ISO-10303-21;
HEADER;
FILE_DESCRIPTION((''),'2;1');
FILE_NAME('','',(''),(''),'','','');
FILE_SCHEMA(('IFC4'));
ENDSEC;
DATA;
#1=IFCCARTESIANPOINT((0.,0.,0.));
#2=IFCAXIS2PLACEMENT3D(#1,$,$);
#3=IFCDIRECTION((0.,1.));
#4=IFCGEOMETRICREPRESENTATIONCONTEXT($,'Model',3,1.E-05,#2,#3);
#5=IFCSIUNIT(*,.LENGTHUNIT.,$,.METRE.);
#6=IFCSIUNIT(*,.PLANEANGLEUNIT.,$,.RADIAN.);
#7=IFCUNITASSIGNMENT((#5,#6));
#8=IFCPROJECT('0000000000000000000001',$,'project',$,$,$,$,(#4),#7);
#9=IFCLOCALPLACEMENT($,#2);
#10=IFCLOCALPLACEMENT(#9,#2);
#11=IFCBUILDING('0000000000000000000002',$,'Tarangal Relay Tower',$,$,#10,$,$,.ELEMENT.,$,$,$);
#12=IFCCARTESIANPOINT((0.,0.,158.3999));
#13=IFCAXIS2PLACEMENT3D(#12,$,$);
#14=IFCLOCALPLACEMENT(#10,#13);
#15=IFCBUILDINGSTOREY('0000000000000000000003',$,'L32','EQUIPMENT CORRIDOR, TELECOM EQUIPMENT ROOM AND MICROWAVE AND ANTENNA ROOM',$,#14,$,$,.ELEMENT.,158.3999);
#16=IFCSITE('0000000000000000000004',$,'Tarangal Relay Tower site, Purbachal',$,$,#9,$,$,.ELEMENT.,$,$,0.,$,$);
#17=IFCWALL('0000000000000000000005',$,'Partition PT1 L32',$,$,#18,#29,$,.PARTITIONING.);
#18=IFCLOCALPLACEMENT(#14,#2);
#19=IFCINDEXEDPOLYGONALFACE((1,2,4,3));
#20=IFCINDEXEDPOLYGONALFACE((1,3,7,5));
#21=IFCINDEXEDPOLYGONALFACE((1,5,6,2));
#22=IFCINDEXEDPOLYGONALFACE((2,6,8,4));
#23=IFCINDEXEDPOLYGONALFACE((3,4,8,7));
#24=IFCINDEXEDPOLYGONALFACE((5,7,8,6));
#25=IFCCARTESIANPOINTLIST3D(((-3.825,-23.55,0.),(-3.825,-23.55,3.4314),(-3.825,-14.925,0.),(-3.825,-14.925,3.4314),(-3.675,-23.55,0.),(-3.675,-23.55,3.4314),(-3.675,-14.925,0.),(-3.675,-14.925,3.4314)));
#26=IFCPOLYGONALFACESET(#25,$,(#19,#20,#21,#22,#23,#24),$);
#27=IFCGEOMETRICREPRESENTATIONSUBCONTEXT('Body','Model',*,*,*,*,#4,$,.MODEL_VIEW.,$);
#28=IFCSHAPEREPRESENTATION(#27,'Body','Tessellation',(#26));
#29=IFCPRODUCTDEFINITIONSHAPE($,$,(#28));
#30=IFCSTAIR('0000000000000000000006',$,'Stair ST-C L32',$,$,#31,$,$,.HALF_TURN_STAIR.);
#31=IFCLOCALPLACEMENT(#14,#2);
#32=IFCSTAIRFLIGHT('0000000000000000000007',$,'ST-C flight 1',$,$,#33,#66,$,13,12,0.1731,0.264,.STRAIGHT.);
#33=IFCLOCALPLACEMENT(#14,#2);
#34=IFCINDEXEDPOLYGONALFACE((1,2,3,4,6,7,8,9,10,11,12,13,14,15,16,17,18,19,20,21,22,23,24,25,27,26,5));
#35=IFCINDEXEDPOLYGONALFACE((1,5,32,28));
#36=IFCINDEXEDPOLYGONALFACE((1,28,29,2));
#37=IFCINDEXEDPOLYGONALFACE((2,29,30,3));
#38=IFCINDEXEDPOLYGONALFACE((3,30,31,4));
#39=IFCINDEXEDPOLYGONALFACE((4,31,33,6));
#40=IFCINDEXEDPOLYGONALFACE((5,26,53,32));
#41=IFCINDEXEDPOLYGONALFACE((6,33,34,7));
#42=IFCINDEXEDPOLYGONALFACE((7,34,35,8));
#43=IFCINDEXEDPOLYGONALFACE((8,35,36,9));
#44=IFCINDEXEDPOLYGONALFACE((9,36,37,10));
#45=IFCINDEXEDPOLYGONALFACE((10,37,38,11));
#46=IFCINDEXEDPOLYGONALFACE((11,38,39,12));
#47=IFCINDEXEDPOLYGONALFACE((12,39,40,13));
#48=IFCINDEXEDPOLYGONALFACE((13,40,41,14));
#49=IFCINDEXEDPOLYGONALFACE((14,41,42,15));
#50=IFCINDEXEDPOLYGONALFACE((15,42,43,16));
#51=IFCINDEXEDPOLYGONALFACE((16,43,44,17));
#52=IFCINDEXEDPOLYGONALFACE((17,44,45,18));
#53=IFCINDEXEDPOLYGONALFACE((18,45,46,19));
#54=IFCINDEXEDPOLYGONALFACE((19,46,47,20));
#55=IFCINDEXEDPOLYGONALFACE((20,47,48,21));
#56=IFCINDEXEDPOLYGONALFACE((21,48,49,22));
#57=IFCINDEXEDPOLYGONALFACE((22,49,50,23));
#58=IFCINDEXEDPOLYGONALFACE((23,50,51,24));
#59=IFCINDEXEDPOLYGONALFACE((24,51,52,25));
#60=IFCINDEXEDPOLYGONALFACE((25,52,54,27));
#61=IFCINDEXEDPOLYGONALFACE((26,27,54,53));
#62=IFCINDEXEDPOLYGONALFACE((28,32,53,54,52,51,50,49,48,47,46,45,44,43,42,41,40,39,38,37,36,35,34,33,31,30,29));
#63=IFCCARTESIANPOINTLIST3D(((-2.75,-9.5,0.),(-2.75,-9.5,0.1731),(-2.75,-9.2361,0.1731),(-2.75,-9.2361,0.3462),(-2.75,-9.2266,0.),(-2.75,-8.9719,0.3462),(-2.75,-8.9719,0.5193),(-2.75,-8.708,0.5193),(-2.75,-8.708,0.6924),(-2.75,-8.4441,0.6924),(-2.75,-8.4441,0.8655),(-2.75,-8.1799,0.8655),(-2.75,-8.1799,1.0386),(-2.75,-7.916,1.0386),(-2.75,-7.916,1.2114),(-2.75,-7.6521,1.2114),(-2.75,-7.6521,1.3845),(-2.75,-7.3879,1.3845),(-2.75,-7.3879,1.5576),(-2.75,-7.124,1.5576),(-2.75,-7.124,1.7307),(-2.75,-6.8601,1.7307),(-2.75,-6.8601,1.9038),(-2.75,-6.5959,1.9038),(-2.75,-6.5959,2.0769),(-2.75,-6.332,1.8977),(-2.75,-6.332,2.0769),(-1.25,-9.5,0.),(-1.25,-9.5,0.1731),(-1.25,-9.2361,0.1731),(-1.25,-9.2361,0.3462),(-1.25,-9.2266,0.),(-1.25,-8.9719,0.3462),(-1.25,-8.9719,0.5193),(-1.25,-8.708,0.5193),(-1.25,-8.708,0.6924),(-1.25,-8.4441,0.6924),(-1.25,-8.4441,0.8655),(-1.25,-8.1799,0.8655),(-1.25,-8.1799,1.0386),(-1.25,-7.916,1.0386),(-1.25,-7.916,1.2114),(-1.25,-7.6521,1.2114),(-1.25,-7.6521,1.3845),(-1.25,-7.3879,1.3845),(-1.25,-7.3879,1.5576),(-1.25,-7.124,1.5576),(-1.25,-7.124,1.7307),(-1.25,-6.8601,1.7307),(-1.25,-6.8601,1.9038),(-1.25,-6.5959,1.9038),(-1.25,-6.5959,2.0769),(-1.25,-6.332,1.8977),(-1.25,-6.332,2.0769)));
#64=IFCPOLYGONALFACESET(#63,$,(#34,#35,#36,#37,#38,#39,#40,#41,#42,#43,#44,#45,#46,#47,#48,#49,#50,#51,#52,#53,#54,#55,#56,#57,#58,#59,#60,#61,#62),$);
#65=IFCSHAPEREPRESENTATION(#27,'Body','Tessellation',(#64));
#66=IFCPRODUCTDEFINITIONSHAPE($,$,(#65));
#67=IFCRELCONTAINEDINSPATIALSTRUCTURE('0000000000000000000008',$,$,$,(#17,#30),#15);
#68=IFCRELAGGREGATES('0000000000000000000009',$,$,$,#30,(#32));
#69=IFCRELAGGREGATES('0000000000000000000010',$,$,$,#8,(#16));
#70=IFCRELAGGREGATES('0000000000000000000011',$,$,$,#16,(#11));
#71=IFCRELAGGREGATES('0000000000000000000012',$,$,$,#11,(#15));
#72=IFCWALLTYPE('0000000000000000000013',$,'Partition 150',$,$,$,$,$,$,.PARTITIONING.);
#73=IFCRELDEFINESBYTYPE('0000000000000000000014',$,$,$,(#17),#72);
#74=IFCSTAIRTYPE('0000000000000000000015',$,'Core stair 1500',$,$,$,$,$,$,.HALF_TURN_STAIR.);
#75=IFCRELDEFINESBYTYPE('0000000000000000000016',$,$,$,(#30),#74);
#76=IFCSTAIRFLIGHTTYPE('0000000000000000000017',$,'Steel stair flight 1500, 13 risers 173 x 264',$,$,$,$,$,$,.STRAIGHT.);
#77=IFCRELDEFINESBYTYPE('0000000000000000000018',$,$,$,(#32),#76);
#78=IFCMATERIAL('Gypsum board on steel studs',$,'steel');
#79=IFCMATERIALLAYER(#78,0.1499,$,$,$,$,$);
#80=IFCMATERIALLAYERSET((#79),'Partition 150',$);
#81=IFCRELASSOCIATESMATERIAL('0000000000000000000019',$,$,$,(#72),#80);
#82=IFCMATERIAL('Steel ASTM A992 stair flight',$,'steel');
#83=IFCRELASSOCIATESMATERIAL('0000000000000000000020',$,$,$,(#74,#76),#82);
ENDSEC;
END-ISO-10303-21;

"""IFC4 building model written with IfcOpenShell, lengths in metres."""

from ifc_helpers import new_model, si_unit, direction, frame, frame_2d, origin, place, context, subcontext, project, spatial, polyline, rectangle, outline, extrude, material, layer, layer_set, type_object, element, aggregate, save


model = new_model("IFC4")

# Units and contexts
model_context = context("Model", 3, precision=1e-05, world=origin(), true_north=direction((0.0, 1.0)))
body_context = subcontext(model_context, "Body", "Model", "MODEL_VIEW")
ifc_project = project(units=[si_unit("LENGTHUNIT", "METRE"), si_unit("PLANEANGLEUNIT", "RADIAN")], contexts=[model_context])

# Site, building, storey
site_placement = place(None, origin())
site = spatial("IfcSite", under=ifc_project, at=site_placement, Name="Tarangal Relay Tower site, Purbachal", CompositionType="ELEMENT", RefElevation=0.0)
building_placement = place(site_placement, origin())
building = spatial("IfcBuilding", under=site, at=building_placement, Name="Tarangal Relay Tower", CompositionType="ELEMENT")
storey_placement = place(building_placement, frame((0.0, 0.0, 158.3999)))
storey = spatial("IfcBuildingStorey", under=building, at=storey_placement, Name="L32", Description="EQUIPMENT CORRIDOR, TELECOM EQUIPMENT ROOM AND MICROWAVE AND ANTENNA ROOM", CompositionType="ELEMENT", Elevation=158.3999)

# Wall
ifc_material_1 = material(Name="Gypsum board on steel studs", Category="steel")
ifc_layer_1 = layer(ifc_material_1, 0.1499)
ifc_layer_set_1 = layer_set([ifc_layer_1], Name="Partition 150")
wall_type_1 = type_object("IfcWallType", Name="Partition 150", PredefinedType="PARTITIONING", material=ifc_layer_set_1)
for number, where, z_axis, x_axis, name in (
    (1, (-3.75, -23.55, 0.0), (0.0, 0.0, 1.0), (0.0, 1.0, 0.0), "Partition PT1 L32"),
):
    element("IfcWall", number, at=place(storey_placement, frame(where, z_axis=z_axis, x_axis=x_axis)), inside=storey, type_object=wall_type_1, Name=name, PredefinedType="PARTITIONING", context=body_context, shape_type="SweptSolid", body=[
        extrude(rectangle(XDim=8.625, YDim=0.1499, at=frame_2d((4.3125, 0.0))), origin(), (0.0, 0.0, 1.0), 3.4314),
    ])

# Stair, stair flight
ifc_material_2 = material(Name="Steel ASTM A992 stair flight", Category="steel")
stair_type = type_object("IfcStairType", Name="Core stair 1500", PredefinedType="HALF_TURN_STAIR", material=ifc_material_2)
stair_placement = place(storey_placement, origin())
stair = element("IfcStair", 2, at=stair_placement, inside=storey, type_object=stair_type, Name="Stair ST-C L32", PredefinedType="HALF_TURN_STAIR")
stair_flight_type = type_object("IfcStairFlightType", Name="Steel stair flight 1500, 13 risers 173 x 264", PredefinedType="STRAIGHT", material=ifc_material_2)
stair_flight_placement = place(storey_placement, frame((-2.0, -9.5, 0.0), z_axis=(0.0, 0.0, 1.0), x_axis=(0.0, 1.0, 0.0)))
stair_flight = element("IfcStairFlight", 3, at=stair_flight_placement, type_object=stair_flight_type, Name="ST-C flight 1", NumberOfRisers=13, NumberOfTreads=12, PredefinedType="STRAIGHT", RiserHeight=0.1731, TreadLength=0.264, context=body_context, shape_type="SweptSolid", body=[
    extrude(outline(polyline([(0.0, 0.0), (0.0, 0.1731), (0.2639, 0.1731), (0.2639, 0.3462), (0.5281, 0.3462), (0.5281, 0.5193), (0.792, 0.5193), (0.792, 0.6924), (1.0559, 0.6924), (1.0559, 0.8655), (1.3201, 0.8655), (1.3201, 1.0386), (1.584, 1.0386), (1.584, 1.2114), (1.8479, 1.2114), (1.8479, 1.3845), (2.1121, 1.3845), (2.1121, 1.5576), (2.376, 1.5576), (2.376, 1.7307), (2.6399, 1.7307), (2.6399, 1.9038), (2.9041, 1.9038), (2.9041, 2.0769), (3.168, 2.0769), (3.168, 2.25), (3.168, 1.8977), (0.2734, 0.0), (0.0, 0.0)])), frame((0.0, 0.75, 0.0), z_axis=(0.0, -1.0, 0.0), x_axis=(1.0, 0.0, 0.0)), (0.0, 0.0, 1.0), 1.5),
])
aggregate(stair, [stair_flight])

save(model, "model.ifc")
